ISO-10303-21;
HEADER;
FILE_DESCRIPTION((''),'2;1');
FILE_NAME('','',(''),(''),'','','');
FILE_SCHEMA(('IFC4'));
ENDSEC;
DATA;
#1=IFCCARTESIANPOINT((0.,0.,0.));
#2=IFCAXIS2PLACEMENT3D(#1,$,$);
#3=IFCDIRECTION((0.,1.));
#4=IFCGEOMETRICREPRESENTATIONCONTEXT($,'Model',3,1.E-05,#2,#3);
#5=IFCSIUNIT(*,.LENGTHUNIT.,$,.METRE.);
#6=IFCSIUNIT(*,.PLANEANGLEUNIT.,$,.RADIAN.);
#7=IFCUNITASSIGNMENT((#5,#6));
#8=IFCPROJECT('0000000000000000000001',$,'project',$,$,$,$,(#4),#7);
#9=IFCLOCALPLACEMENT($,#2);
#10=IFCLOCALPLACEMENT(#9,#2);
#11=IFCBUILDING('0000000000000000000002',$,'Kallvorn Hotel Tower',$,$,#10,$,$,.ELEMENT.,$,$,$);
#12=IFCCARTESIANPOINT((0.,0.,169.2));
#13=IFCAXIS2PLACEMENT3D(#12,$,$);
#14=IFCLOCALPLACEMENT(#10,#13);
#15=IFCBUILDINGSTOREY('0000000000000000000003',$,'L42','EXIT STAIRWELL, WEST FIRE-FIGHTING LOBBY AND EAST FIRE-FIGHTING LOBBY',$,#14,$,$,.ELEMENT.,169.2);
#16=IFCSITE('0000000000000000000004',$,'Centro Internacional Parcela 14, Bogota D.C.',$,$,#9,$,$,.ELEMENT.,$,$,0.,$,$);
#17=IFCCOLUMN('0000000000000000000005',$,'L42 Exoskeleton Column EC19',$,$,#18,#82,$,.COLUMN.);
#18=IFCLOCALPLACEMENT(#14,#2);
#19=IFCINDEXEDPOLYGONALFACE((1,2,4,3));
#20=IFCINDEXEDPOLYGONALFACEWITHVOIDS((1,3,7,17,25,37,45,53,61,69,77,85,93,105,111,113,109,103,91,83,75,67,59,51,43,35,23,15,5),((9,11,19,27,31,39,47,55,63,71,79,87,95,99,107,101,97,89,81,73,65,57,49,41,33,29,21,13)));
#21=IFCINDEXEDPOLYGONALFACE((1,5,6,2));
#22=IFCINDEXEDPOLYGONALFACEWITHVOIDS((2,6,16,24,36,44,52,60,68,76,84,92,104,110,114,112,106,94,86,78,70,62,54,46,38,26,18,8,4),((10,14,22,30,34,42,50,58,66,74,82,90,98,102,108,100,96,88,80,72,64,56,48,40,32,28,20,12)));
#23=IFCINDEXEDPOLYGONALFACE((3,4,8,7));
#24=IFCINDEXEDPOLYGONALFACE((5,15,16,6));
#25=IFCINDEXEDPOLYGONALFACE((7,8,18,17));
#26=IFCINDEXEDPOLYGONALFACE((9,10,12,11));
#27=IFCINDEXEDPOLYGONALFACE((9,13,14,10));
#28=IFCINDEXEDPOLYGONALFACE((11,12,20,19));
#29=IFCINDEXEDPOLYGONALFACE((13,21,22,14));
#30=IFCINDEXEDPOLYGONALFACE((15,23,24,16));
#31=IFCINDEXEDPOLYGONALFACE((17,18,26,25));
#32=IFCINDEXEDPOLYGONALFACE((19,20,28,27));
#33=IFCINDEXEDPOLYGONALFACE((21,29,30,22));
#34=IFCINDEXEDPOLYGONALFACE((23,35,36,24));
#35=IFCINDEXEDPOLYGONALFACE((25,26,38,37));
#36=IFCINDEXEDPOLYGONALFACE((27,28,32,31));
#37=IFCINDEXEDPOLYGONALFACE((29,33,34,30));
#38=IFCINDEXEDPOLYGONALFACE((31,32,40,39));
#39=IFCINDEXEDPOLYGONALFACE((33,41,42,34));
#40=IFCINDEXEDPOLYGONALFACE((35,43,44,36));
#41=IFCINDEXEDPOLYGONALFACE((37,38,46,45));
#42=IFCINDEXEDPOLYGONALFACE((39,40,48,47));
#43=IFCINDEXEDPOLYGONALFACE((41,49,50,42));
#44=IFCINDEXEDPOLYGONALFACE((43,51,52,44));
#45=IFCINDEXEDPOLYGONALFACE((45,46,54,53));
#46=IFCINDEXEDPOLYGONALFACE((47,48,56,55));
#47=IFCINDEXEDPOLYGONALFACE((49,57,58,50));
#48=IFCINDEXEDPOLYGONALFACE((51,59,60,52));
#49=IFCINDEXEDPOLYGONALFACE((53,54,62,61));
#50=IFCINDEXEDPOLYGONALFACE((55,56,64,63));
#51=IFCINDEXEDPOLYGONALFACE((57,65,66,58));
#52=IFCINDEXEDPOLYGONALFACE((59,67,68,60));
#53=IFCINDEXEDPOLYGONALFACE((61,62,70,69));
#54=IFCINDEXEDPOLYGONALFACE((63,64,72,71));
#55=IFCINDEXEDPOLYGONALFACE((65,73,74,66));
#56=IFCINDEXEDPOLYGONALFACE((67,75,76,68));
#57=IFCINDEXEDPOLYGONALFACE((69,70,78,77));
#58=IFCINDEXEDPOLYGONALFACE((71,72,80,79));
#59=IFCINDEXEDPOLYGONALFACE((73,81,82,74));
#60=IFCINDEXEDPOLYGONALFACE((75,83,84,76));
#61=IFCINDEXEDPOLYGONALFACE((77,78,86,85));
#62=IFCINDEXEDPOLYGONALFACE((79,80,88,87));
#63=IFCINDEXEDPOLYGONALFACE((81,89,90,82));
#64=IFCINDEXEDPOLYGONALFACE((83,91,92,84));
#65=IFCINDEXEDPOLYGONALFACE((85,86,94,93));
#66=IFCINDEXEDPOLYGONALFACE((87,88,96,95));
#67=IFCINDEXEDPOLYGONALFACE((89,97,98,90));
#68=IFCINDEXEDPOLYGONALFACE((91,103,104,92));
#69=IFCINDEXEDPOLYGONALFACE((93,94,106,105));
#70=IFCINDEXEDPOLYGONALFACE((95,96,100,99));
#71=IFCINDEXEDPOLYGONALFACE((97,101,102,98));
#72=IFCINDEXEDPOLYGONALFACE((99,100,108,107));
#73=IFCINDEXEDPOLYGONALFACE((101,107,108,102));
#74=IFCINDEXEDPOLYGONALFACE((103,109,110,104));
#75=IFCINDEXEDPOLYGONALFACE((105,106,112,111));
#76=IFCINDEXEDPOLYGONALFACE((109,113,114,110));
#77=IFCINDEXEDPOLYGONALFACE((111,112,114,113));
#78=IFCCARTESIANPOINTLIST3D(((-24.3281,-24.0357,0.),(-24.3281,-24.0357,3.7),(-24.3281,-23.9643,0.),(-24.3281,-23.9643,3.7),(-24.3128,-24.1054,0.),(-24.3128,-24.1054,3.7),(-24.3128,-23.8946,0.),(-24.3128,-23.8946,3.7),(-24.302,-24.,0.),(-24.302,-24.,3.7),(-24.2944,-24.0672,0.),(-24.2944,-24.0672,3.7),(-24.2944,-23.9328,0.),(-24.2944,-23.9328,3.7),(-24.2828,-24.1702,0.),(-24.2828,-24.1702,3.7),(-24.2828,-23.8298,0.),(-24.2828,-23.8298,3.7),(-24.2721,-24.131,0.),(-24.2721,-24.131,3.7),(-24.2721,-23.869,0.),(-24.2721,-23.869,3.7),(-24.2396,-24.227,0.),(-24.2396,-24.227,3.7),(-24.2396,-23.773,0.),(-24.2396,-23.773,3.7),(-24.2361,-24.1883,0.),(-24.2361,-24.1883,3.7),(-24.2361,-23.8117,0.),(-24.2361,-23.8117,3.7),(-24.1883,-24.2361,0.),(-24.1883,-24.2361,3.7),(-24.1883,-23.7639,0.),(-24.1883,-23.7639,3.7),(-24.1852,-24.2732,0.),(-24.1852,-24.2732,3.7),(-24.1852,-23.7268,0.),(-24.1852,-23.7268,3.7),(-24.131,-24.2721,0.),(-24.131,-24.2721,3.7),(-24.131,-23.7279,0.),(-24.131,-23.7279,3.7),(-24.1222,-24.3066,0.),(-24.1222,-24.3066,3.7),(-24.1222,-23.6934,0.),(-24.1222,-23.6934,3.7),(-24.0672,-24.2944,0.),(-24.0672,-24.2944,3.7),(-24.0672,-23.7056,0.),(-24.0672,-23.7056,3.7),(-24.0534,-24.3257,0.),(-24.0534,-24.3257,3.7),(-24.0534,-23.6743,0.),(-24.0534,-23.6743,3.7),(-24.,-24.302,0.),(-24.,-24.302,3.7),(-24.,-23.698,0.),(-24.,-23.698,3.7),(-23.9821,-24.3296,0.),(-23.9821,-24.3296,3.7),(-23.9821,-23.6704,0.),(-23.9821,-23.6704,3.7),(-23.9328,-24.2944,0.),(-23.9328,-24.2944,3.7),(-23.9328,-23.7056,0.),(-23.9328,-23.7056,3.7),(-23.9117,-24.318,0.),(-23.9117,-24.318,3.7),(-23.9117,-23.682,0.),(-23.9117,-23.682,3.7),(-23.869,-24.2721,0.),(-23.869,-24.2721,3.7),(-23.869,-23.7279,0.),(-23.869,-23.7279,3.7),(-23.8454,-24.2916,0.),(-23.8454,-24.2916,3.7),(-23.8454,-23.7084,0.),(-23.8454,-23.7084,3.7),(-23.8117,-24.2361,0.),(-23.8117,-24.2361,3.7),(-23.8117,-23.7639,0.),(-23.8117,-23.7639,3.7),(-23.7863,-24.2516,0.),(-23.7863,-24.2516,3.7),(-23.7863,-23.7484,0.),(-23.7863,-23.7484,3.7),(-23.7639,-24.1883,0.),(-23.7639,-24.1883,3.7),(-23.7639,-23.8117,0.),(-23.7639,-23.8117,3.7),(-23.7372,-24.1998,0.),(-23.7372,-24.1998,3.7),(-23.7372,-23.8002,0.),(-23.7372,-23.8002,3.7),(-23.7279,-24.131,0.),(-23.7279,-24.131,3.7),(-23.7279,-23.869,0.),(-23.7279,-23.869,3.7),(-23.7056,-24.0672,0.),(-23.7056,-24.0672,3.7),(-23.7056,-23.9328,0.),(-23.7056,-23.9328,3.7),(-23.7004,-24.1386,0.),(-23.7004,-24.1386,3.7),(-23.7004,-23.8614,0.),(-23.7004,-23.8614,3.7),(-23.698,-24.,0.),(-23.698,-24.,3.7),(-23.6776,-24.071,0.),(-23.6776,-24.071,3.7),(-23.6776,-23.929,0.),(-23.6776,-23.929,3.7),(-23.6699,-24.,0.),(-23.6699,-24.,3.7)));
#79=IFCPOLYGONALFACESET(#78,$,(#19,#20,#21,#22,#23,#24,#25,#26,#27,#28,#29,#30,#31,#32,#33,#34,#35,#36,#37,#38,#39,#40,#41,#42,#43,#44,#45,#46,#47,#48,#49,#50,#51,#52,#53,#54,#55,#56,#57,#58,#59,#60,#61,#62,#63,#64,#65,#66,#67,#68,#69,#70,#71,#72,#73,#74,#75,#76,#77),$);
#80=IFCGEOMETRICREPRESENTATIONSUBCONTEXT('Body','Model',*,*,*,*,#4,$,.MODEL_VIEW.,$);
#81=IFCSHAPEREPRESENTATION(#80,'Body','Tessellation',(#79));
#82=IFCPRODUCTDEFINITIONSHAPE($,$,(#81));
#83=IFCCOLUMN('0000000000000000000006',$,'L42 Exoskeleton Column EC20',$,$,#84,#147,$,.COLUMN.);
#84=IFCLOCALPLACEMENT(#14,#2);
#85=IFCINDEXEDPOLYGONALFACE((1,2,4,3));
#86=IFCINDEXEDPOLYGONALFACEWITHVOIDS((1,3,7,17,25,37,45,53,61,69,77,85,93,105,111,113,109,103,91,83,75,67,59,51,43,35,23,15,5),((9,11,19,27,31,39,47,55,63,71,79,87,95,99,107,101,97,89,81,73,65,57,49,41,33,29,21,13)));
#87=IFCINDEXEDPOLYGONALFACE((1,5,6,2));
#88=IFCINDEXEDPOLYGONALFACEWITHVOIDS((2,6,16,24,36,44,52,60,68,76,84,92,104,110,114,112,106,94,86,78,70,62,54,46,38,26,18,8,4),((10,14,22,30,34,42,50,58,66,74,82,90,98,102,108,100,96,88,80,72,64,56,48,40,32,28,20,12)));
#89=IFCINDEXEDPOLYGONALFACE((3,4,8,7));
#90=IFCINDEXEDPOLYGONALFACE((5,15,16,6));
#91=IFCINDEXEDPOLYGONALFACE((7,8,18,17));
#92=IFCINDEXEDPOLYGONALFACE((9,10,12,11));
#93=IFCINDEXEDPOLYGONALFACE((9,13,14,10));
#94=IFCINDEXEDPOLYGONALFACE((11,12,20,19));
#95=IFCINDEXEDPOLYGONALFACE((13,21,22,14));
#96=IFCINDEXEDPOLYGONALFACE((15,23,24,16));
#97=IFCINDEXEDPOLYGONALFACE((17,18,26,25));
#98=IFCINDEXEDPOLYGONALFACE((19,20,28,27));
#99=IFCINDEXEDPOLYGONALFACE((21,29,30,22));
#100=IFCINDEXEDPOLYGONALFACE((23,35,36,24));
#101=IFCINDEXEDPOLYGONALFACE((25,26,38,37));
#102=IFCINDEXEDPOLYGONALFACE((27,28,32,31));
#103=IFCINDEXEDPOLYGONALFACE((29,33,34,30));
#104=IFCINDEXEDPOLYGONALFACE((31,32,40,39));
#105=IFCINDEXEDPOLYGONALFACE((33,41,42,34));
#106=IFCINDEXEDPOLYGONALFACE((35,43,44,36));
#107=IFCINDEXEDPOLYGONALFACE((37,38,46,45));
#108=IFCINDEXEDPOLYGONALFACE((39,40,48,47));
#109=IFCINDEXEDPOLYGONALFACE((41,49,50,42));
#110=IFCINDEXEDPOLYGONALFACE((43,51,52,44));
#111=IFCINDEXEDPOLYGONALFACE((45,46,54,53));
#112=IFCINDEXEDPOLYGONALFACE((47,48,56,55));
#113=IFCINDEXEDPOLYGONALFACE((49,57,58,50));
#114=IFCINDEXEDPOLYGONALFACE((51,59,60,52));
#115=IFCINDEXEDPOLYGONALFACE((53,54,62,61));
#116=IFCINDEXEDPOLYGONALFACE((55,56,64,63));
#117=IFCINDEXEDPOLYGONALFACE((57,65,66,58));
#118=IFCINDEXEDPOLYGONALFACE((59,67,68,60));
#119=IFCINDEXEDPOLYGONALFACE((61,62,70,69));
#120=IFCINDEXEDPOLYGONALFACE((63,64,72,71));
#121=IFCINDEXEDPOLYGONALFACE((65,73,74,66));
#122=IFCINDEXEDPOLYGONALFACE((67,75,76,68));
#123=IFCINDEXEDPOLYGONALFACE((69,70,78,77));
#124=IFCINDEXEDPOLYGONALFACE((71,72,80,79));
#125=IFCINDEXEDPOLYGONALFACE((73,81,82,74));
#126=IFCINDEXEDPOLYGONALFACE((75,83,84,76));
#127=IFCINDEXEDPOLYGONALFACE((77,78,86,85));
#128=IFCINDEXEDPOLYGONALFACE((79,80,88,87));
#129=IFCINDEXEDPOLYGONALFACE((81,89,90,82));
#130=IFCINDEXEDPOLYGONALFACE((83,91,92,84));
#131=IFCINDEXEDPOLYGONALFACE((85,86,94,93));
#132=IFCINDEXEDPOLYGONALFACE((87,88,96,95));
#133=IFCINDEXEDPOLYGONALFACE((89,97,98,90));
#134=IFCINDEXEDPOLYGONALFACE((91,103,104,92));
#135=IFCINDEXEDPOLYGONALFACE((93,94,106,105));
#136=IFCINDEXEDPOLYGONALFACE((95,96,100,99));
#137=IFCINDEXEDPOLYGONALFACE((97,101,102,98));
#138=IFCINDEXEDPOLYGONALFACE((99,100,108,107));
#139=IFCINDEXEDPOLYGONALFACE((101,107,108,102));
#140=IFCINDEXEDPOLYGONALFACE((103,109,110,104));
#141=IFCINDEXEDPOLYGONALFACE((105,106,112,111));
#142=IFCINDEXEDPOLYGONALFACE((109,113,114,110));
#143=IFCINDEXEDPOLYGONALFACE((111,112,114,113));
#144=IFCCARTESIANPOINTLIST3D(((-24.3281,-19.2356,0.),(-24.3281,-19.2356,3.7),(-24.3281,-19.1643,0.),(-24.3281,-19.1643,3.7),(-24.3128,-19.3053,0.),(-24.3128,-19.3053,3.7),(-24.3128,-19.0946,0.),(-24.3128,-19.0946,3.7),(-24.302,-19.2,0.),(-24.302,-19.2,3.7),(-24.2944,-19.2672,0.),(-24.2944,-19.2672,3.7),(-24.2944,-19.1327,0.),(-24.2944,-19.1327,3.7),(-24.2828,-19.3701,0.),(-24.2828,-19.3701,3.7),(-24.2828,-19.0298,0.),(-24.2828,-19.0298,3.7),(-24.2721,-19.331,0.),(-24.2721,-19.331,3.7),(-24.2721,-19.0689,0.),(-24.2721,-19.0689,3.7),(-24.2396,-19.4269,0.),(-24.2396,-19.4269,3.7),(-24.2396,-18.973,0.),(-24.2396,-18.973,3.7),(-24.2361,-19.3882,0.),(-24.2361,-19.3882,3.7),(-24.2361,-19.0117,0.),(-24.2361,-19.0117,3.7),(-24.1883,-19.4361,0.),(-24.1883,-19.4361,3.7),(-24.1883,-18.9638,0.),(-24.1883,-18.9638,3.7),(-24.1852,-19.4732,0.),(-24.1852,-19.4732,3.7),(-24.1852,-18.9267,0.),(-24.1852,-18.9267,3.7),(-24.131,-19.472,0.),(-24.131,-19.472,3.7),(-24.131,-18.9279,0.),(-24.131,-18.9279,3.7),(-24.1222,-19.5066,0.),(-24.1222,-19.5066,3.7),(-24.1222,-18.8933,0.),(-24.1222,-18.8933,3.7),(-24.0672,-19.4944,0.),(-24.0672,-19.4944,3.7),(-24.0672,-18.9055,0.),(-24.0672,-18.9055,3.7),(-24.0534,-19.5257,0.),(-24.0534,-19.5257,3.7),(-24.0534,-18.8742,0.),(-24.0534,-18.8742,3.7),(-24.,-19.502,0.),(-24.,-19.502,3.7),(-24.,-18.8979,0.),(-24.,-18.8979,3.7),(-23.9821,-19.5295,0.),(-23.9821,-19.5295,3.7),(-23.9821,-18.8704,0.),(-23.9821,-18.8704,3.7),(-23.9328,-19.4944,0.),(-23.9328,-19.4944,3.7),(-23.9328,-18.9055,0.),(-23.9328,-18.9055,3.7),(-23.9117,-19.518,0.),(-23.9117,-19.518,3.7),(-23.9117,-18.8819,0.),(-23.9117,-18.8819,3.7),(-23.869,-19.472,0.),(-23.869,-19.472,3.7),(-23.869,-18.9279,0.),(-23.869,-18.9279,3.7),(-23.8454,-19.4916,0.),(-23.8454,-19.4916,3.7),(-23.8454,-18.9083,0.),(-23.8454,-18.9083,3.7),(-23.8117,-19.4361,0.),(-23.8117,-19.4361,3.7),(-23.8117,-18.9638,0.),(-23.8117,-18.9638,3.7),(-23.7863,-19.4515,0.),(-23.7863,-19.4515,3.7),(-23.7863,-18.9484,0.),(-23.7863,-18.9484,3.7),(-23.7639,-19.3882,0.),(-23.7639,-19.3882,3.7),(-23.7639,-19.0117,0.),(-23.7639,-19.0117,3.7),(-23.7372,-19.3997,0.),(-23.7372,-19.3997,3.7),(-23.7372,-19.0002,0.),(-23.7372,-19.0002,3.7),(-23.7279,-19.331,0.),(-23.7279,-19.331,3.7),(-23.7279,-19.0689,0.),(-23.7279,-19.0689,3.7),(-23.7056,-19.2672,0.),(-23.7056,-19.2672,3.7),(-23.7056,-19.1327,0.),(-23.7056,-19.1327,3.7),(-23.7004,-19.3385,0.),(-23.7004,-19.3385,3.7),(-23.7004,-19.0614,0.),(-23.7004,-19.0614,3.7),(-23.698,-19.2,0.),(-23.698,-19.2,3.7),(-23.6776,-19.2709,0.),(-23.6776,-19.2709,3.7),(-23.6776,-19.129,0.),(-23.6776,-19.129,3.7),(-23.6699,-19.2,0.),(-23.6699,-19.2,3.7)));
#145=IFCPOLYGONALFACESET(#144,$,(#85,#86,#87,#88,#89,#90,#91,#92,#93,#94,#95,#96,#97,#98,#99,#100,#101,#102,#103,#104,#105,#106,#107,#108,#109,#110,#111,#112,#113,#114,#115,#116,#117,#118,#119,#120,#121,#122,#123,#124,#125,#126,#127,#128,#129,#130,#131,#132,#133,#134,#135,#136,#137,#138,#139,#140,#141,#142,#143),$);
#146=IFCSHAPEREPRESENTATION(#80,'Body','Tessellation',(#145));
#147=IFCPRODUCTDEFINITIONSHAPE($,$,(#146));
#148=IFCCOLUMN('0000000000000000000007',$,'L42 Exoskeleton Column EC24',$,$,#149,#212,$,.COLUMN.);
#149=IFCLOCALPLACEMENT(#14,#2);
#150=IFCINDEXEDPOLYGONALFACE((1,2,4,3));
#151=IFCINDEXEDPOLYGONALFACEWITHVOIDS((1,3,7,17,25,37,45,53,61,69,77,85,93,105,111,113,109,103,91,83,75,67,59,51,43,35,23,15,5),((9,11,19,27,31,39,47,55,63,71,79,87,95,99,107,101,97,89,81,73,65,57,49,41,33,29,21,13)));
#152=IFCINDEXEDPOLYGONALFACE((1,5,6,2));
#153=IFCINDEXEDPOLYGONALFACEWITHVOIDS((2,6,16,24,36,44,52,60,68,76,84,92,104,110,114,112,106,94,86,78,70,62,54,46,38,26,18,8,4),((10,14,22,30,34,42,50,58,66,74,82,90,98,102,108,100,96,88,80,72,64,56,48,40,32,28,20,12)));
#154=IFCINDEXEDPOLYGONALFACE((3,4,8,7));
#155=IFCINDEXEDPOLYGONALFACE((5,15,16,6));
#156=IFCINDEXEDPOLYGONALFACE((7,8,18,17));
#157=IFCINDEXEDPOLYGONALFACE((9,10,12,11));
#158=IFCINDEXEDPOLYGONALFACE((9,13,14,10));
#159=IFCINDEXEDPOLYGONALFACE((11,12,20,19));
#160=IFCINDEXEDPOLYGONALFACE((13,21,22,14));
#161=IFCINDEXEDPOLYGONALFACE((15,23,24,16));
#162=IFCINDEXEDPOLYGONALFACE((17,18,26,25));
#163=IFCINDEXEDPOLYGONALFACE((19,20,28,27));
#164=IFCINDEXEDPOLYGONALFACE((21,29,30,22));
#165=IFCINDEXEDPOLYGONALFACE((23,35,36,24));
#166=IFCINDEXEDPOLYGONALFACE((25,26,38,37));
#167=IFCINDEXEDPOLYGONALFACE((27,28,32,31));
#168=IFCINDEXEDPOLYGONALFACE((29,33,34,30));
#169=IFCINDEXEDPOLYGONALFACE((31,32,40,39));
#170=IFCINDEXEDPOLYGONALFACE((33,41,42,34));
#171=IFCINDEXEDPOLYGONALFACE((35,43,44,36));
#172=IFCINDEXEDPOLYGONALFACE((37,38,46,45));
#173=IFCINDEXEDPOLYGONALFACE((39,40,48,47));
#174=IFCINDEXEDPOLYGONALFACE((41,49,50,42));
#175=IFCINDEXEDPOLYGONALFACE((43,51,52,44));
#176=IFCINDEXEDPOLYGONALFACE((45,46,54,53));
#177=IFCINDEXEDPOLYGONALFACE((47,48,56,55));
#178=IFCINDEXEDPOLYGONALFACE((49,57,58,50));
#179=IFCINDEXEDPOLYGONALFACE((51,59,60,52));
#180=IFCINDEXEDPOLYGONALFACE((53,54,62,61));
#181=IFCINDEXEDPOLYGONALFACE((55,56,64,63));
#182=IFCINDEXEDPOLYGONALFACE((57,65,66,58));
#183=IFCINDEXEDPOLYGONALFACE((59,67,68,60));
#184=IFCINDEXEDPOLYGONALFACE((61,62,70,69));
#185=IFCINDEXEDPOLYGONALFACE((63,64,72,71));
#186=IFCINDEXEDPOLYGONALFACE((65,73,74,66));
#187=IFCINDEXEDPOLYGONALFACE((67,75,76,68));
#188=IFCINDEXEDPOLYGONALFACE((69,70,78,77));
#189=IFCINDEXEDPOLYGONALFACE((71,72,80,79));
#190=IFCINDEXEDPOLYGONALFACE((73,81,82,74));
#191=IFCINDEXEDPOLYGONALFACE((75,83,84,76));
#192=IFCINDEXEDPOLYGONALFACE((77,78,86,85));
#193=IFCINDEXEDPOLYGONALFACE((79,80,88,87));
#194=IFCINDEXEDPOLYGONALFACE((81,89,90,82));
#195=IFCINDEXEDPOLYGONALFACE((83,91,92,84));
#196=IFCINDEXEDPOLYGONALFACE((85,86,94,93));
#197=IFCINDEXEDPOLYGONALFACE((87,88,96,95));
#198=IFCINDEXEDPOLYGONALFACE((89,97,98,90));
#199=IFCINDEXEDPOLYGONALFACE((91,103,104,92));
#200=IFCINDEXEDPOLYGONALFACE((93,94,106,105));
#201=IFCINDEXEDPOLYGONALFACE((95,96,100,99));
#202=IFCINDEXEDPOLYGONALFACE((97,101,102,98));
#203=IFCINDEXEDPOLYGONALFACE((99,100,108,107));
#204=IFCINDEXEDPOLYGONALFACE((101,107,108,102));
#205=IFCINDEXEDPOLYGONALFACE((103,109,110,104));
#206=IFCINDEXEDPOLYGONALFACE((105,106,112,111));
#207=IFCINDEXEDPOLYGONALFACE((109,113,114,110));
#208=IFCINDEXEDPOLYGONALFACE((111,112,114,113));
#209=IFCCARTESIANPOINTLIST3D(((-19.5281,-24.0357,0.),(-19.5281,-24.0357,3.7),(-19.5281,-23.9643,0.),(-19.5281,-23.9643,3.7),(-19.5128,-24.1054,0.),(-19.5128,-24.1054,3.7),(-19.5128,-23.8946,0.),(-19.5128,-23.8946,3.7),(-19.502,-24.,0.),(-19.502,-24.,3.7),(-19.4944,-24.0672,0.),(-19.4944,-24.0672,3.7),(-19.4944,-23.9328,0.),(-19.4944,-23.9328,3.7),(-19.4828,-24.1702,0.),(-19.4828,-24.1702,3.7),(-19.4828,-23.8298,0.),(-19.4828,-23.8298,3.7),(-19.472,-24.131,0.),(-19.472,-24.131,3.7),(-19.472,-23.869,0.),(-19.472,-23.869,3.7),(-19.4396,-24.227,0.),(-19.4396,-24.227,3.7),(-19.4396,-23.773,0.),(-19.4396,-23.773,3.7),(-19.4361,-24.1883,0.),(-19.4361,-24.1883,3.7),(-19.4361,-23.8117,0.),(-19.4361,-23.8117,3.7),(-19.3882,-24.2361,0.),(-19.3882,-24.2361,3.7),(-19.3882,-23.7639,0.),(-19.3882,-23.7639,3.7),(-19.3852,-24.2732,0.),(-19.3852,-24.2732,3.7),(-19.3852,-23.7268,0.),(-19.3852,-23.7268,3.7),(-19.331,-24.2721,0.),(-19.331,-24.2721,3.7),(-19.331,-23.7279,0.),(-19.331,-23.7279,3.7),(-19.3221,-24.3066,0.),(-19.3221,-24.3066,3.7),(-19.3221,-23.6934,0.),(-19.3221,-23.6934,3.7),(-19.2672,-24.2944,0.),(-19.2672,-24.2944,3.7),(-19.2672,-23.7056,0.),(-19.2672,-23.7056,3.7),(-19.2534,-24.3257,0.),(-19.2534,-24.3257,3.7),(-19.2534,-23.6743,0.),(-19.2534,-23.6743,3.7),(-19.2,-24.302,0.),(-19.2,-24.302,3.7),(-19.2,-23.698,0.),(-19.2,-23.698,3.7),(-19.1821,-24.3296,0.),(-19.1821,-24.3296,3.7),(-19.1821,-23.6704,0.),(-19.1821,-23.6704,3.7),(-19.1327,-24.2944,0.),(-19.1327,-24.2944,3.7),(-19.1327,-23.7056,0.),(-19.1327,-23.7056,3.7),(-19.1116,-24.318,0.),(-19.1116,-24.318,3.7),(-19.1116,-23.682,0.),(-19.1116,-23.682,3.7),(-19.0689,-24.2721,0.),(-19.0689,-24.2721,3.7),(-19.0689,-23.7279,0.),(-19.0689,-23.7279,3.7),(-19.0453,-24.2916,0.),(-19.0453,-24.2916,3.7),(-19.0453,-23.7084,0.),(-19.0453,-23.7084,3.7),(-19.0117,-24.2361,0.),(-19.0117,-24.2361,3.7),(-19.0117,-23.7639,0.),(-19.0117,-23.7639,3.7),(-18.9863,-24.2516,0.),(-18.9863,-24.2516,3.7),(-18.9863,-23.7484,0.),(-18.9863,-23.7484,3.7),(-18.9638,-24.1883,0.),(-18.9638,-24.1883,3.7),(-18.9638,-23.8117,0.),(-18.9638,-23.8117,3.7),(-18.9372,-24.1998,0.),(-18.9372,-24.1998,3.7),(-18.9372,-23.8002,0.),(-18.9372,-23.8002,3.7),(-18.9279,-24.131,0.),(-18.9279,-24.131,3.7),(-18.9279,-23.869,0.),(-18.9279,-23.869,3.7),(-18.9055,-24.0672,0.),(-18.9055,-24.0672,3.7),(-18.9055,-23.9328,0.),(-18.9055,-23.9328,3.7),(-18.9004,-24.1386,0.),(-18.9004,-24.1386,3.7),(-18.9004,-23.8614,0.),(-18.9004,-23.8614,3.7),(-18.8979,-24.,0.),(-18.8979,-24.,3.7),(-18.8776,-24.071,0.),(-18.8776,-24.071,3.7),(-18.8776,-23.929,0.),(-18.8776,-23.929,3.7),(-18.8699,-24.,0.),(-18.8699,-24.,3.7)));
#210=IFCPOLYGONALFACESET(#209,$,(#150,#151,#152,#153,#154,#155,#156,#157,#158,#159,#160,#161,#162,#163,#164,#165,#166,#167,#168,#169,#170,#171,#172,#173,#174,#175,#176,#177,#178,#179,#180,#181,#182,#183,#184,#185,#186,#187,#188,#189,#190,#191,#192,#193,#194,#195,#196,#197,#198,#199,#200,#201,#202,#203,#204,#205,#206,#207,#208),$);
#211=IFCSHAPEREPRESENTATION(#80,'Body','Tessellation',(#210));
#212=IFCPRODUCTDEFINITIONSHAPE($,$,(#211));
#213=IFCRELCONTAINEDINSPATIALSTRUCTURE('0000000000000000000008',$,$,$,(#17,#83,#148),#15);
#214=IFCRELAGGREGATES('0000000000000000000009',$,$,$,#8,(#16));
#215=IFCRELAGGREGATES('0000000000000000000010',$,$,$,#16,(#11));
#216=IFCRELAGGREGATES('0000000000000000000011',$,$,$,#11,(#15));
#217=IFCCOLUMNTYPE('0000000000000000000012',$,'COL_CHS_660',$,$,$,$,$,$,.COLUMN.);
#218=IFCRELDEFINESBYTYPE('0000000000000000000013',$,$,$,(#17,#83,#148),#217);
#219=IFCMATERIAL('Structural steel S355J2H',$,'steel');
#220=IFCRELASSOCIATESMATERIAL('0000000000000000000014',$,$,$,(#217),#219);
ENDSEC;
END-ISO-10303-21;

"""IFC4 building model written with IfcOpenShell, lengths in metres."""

from ifc_helpers import new_model, si_unit, direction, frame, origin, origin_2d, place, context, subcontext, project, spatial, hollow_circle, extrude, material, material_profile, profile_set, type_object, element, save


model = new_model("IFC4")

# Units and contexts
model_context = context("Model", 3, precision=1e-05, world=origin(), true_north=direction((0.0, 1.0)))
body_context = subcontext(model_context, "Body", "Model", "MODEL_VIEW")
ifc_project = project(units=[si_unit("LENGTHUNIT", "METRE"), si_unit("PLANEANGLEUNIT", "RADIAN")], contexts=[model_context])

# Site, building, storey
site_placement = place(None, origin())
site = spatial("IfcSite", under=ifc_project, at=site_placement, Name="Centro Internacional Parcela 14, Bogota D.C.", CompositionType="ELEMENT", RefElevation=0.0)
building_placement = place(site_placement, origin())
building = spatial("IfcBuilding", under=site, at=building_placement, Name="Kallvorn Hotel Tower", CompositionType="ELEMENT")
storey_placement = place(building_placement, frame((0.0, 0.0, 169.2)))
storey = spatial("IfcBuildingStorey", under=building, at=storey_placement, Name="L42", Description="EXIT STAIRWELL, WEST FIRE-FIGHTING LOBBY AND EAST FIRE-FIGHTING LOBBY", CompositionType="ELEMENT", Elevation=169.2)

# Columns
ifc_material_1 = material(Name="Structural steel S355J2H", Category="steel")
ifc_material_profile_1 = material_profile(ifc_material_1, hollow_circle(Radius=0.3301, WallThickness=0.0281, at=origin_2d()), Name="CHS 660x28")
ifc_profile_set_1 = profile_set([ifc_material_profile_1], Name="Structural steel S355J2H")
column_type = type_object("IfcColumnType", Name="COL_CHS_660", PredefinedType="COLUMN", material=ifc_profile_set_1)
for number, where, z_axis, x_axis, name in (
    (1, (-24.0, -24.0, 0.0), (0.0, 0.0, 1.0), (1.0, 0.0, 0.0), "L42 Exoskeleton Column EC19"),
    (2, (-24.0, -19.2, 0.0), (0.0, 0.0, 1.0), (1.0, 0.0, 0.0), "L42 Exoskeleton Column EC20"),
    (3, (-19.2, -24.0, 0.0), (0.0, 0.0, 1.0), (1.0, 0.0, 0.0), "L42 Exoskeleton Column EC24"),
):
    element("IfcColumn", number, at=place(storey_placement, frame(where, z_axis=z_axis, x_axis=x_axis)), inside=storey, type_object=column_type, Name=name, PredefinedType="COLUMN", context=body_context, shape_type="SweptSolid", body=[
        extrude(hollow_circle(Radius=0.3301, WallThickness=0.0281, at=origin_2d()), origin(), (0.0, 0.0, 1.0), 3.7),
    ])

save(model, "model.ifc")
